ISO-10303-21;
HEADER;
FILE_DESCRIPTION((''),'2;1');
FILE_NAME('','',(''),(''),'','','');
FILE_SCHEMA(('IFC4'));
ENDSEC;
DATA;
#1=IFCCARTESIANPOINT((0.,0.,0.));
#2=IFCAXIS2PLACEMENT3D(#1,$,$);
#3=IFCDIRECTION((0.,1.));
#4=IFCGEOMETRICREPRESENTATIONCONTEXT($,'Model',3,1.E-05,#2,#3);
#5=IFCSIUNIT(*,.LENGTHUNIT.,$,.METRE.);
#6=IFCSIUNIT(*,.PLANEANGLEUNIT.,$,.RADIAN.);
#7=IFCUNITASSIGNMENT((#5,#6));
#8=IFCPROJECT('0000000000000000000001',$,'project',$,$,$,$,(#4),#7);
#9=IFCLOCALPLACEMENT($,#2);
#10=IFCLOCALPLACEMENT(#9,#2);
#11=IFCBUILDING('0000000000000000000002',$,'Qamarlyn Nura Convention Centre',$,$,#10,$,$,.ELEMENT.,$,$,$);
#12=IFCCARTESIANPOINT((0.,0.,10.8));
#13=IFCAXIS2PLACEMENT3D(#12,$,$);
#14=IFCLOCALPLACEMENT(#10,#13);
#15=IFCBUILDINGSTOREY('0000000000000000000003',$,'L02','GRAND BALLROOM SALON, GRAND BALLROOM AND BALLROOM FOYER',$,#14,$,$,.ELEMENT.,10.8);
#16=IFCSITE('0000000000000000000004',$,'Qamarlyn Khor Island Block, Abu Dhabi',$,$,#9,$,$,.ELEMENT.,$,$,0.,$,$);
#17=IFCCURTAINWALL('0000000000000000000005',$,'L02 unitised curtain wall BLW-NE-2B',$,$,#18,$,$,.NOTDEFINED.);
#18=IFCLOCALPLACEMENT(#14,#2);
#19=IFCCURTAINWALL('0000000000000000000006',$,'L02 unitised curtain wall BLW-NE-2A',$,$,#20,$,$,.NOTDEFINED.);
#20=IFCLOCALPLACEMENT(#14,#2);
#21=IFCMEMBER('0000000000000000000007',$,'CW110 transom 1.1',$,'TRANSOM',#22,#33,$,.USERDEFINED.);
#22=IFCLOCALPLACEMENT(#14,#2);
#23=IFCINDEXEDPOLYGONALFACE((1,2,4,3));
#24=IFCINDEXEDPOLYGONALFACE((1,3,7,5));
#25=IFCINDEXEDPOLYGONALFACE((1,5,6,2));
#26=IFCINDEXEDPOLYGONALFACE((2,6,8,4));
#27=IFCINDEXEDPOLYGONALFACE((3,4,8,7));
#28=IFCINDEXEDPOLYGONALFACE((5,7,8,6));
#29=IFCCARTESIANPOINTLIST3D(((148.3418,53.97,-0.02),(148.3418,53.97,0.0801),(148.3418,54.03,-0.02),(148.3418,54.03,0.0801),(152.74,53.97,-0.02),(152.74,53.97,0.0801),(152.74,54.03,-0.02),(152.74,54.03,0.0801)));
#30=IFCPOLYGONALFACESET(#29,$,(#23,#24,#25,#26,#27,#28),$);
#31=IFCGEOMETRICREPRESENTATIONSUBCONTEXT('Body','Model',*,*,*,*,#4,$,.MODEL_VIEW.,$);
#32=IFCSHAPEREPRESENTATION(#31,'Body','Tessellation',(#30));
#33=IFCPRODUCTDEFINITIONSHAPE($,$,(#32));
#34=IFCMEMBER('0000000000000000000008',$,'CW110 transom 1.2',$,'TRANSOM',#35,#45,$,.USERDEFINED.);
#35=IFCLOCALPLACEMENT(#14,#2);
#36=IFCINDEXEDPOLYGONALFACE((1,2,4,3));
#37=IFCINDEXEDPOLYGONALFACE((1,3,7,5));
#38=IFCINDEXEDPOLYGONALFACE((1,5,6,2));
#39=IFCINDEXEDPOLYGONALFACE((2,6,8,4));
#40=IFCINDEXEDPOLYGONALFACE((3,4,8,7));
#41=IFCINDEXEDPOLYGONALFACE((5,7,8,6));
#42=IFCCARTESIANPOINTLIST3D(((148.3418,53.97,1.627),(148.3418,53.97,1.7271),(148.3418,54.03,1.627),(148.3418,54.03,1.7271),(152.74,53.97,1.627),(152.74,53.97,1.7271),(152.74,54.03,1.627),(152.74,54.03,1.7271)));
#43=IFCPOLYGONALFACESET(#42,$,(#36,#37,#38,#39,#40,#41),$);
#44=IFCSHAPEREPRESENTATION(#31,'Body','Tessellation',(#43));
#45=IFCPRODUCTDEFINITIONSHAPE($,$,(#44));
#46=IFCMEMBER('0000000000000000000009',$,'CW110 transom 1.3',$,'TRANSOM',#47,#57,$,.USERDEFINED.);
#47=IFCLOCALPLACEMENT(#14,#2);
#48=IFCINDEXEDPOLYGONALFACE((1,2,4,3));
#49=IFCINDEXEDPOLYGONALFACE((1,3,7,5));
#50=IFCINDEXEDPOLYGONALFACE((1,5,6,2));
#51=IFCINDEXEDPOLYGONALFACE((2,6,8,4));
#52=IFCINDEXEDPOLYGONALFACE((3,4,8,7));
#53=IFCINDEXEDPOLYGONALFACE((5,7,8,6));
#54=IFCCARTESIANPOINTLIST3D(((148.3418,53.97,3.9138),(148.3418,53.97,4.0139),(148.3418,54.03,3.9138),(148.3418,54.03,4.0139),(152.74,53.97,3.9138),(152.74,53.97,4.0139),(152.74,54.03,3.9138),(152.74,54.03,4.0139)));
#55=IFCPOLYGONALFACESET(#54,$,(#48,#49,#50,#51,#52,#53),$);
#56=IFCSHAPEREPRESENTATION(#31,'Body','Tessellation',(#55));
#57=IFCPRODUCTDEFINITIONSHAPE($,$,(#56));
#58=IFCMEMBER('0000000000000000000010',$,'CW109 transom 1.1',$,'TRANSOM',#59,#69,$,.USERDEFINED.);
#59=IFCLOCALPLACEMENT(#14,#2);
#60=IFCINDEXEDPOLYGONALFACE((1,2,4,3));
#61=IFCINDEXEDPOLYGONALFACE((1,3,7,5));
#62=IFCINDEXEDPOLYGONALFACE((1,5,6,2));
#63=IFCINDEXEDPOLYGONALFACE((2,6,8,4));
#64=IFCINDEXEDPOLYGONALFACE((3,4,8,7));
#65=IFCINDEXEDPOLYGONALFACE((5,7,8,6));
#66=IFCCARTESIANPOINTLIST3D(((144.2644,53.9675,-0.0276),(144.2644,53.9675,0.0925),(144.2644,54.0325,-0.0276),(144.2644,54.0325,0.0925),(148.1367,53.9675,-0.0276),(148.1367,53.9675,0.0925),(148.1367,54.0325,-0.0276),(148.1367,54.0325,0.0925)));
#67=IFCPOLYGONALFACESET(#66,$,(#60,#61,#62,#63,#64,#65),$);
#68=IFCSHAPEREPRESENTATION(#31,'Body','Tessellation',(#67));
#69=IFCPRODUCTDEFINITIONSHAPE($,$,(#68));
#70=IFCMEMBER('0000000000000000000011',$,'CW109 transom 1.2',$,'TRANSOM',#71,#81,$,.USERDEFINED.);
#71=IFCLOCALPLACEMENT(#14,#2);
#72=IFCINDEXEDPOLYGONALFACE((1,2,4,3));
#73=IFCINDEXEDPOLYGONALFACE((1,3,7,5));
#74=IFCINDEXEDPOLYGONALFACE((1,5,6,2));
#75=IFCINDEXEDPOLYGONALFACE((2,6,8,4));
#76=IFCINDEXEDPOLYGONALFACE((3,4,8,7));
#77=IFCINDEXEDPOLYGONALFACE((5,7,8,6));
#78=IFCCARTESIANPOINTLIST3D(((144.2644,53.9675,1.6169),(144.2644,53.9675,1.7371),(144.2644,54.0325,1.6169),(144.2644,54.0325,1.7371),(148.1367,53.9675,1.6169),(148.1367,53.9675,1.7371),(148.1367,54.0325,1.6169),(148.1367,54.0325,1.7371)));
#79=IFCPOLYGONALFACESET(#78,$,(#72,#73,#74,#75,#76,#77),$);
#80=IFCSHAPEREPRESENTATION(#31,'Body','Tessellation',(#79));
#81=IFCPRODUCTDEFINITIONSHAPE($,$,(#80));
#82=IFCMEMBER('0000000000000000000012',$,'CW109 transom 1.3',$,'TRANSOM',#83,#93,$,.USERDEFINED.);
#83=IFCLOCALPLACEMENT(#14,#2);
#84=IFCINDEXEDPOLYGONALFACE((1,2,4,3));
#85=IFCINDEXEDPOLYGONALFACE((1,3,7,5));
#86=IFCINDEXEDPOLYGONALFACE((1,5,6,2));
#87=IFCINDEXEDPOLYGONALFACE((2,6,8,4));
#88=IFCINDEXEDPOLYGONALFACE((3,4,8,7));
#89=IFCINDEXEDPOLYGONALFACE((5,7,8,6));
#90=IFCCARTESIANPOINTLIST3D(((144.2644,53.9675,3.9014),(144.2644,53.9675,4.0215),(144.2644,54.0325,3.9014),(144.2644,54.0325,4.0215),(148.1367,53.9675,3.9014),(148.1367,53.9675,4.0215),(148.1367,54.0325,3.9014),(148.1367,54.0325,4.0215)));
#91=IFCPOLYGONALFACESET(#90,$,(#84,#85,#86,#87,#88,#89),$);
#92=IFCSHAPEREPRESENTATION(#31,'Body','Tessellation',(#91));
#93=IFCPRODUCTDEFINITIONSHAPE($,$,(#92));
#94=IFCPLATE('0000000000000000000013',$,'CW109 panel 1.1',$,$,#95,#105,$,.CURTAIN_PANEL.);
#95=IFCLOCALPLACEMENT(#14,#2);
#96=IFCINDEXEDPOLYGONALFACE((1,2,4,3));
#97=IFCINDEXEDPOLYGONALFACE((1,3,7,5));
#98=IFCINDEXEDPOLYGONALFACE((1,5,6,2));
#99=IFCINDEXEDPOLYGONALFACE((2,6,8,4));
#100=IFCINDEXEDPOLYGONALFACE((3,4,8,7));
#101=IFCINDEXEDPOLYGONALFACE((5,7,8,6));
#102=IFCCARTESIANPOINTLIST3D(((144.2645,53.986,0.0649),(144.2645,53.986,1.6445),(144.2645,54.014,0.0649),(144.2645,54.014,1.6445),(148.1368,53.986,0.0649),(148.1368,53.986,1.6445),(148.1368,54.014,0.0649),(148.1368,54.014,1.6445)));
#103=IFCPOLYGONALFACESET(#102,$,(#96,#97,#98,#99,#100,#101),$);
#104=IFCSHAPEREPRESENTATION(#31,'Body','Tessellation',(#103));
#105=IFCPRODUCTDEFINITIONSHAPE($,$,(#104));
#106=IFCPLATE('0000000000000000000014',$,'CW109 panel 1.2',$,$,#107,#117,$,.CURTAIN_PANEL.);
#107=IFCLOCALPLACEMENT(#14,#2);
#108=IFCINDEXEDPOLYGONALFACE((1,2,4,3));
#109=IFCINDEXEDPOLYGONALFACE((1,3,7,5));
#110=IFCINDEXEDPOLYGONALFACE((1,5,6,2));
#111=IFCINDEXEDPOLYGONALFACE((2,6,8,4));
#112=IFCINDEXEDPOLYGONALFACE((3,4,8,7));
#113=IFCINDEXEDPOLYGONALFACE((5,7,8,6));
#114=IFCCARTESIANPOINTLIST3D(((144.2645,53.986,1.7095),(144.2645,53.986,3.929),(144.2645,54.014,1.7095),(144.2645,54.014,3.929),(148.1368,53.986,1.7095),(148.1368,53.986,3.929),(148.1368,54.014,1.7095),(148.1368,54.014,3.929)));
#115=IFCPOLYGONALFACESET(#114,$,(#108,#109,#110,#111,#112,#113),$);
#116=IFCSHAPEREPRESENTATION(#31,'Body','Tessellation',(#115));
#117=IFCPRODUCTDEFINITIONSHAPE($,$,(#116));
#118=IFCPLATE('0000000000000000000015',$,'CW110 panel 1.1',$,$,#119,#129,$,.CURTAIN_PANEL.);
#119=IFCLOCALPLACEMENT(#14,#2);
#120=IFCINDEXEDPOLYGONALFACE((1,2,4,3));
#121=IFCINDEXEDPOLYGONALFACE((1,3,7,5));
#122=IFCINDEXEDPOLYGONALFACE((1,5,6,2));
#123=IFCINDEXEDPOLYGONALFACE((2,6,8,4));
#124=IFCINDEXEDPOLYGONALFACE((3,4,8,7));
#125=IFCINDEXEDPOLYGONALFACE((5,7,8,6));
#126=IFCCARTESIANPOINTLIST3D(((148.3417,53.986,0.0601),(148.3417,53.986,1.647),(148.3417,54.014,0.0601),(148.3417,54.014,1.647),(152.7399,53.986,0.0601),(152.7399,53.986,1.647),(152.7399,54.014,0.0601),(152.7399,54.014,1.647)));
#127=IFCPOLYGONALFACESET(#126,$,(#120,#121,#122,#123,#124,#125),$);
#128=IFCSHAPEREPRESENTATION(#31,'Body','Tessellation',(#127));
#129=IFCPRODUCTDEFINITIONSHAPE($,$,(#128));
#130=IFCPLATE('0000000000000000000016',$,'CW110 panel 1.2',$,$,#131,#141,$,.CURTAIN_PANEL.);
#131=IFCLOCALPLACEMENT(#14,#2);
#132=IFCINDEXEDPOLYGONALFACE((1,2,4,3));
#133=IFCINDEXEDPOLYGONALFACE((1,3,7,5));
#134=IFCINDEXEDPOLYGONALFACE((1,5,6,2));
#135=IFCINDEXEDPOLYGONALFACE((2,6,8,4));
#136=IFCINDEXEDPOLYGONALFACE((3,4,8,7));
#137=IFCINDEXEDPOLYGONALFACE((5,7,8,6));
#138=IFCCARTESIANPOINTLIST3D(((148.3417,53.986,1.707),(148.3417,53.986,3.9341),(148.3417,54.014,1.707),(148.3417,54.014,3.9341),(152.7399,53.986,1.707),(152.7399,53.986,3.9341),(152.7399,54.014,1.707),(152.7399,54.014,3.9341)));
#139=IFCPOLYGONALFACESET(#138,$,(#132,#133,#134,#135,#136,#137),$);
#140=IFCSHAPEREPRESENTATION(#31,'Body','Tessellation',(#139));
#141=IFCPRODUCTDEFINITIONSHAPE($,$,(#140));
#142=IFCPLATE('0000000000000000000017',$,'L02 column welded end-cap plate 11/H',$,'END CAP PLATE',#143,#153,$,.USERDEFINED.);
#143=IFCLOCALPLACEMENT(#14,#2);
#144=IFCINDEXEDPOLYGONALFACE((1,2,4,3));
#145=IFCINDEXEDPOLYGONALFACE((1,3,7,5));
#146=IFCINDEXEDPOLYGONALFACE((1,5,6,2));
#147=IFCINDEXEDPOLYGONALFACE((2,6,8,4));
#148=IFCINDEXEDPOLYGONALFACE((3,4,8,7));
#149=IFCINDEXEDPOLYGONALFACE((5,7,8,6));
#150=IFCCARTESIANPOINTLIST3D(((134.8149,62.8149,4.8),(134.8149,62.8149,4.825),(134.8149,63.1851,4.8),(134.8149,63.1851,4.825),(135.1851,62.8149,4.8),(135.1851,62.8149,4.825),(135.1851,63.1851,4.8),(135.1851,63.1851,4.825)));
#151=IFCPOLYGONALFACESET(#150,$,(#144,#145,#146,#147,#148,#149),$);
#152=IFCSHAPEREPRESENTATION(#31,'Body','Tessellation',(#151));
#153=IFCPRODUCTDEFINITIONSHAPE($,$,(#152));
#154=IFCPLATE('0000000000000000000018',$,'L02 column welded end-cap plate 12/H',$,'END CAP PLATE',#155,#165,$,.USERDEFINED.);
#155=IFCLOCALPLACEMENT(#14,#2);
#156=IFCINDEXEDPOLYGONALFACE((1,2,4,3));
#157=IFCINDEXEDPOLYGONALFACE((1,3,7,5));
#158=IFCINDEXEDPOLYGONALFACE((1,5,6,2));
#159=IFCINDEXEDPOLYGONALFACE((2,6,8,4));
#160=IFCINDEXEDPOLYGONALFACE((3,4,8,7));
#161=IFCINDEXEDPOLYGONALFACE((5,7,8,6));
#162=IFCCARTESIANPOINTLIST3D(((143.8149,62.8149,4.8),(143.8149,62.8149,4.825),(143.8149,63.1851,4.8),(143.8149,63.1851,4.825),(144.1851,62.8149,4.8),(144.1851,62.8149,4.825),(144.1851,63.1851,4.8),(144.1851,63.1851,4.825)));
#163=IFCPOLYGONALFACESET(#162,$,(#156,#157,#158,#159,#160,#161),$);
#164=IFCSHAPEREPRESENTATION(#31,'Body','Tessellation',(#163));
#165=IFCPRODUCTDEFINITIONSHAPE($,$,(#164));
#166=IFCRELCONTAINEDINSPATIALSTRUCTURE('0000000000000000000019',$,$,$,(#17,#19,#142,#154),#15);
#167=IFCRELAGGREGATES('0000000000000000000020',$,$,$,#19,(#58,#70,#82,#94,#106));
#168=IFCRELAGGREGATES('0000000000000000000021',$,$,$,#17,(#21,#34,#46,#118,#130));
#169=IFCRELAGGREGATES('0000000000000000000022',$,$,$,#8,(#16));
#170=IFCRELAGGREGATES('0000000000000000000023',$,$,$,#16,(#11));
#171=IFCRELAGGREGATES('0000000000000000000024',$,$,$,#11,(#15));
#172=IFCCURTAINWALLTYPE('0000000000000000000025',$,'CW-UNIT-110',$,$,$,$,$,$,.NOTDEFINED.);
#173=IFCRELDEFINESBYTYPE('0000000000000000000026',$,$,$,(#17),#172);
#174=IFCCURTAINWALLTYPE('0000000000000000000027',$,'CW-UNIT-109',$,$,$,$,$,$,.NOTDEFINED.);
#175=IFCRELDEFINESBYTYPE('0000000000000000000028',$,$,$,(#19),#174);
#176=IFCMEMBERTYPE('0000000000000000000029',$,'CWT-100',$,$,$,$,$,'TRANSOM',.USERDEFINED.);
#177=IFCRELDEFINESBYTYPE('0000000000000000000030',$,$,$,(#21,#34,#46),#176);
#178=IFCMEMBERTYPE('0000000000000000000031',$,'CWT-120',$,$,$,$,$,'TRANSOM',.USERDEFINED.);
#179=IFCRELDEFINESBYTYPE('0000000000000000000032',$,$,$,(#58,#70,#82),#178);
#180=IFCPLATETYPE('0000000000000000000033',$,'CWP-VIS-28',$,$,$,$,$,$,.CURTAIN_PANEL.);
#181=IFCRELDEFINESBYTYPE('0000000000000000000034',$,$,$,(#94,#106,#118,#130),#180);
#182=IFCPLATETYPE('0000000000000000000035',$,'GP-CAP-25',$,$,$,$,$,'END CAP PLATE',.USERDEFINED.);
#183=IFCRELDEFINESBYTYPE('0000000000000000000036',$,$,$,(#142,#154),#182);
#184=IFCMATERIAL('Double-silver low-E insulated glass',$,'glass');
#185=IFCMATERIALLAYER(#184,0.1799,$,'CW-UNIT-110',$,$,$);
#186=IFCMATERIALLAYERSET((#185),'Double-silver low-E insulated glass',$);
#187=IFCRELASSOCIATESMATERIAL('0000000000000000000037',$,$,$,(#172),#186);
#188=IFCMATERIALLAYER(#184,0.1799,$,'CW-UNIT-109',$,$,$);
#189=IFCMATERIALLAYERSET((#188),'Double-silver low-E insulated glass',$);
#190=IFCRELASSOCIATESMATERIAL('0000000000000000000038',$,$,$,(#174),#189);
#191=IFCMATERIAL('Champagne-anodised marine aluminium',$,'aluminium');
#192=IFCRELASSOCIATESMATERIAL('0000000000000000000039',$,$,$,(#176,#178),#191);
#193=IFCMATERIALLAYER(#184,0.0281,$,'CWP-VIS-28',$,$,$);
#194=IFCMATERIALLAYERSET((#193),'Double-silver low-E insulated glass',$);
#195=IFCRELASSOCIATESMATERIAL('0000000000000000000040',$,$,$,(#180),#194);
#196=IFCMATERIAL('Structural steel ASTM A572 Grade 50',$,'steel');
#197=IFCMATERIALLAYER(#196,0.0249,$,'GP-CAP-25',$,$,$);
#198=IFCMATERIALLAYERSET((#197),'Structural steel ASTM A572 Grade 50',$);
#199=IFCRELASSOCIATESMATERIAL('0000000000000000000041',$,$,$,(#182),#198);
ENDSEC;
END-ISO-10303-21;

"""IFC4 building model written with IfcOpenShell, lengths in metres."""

from ifc_helpers import new_model, si_unit, direction, frame, origin, origin_2d, place, context, subcontext, project, spatial, rectangle, extrude, material, layer, layer_set, material_profile, profile_set, type_object, element, aggregate, save


model = new_model("IFC4")

# Units and contexts
model_context = context("Model", 3, precision=1e-05, world=origin(), true_north=direction((0.0, 1.0)))
body_context = subcontext(model_context, "Body", "Model", "MODEL_VIEW")
ifc_project = project(units=[si_unit("LENGTHUNIT", "METRE"), si_unit("PLANEANGLEUNIT", "RADIAN")], contexts=[model_context])

# Site, building, storey
site_placement = place(None, origin())
site = spatial("IfcSite", under=ifc_project, at=site_placement, Name="Qamarlyn Khor Island Block, Abu Dhabi", CompositionType="ELEMENT", RefElevation=0.0)
building_placement = place(site_placement, origin())
building = spatial("IfcBuilding", under=site, at=building_placement, Name="Qamarlyn Nura Convention Centre", CompositionType="ELEMENT")
storey_placement = place(building_placement, frame((0.0, 0.0, 10.8)))
storey = spatial("IfcBuildingStorey", under=building, at=storey_placement, Name="L02", Description="GRAND BALLROOM SALON, GRAND BALLROOM AND BALLROOM FOYER", CompositionType="ELEMENT", Elevation=10.8)

# Curtain wall
ifc_material_1 = material(Name="Double-silver low-E insulated glass", Category="glass")
ifc_layer_1 = layer(ifc_material_1, 0.1799, Name="CW-UNIT-110")
ifc_layer_set_1 = layer_set([ifc_layer_1], Name="Double-silver low-E insulated glass")
curtain_wall_type_1 = type_object("IfcCurtainWallType", Name="CW-UNIT-110", PredefinedType="NOTDEFINED", material=ifc_layer_set_1)
curtain_wall_1_placement = place(storey_placement, origin())
curtain_wall_1 = element("IfcCurtainWall", 1, at=curtain_wall_1_placement, inside=storey, type_object=curtain_wall_type_1, Name="L02 unitised curtain wall BLW-NE-2B", PredefinedType="NOTDEFINED")
ifc_material_2 = material(Name="Champagne-anodised marine aluminium", Category="aluminium")

# Curtain wall
ifc_layer_2 = layer(ifc_material_1, 0.1799, Name="CW-UNIT-109")
ifc_layer_set_2 = layer_set([ifc_layer_2], Name="Double-silver low-E insulated glass")
curtain_wall_type_2 = type_object("IfcCurtainWallType", Name="CW-UNIT-109", PredefinedType="NOTDEFINED", material=ifc_layer_set_2)
curtain_wall_2_placement = place(storey_placement, origin())
curtain_wall_2 = element("IfcCurtainWall", 2, at=curtain_wall_2_placement, inside=storey, type_object=curtain_wall_type_2, Name="L02 unitised curtain wall BLW-NE-2A", PredefinedType="NOTDEFINED")

# Members
ifc_material_profile_1 = material_profile(ifc_material_2, rectangle(XDim=0.0601, YDim=0.1001, at=origin_2d()), Name="ALU TRANSOM 60x100")
ifc_profile_set_1 = profile_set([ifc_material_profile_1], Name="Champagne-anodised marine aluminium")
member_type_1 = type_object("IfcMemberType", Name="CWT-100", ElementType="TRANSOM", PredefinedType="USERDEFINED", material=ifc_profile_set_1)
member_1_placement = place(storey_placement, frame((148.3418, 54.0, 0.03), z_axis=(1.0, 0.0, 0.0), x_axis=(0.0, 1.0, 0.0)))
member_1 = element("IfcMember", 3, at=member_1_placement, type_object=member_type_1, Name="CW110 transom 1.1", ObjectType="TRANSOM", PredefinedType="USERDEFINED", context=body_context, shape_type="SweptSolid", body=[
    extrude(rectangle(XDim=0.0601, YDim=0.1001, at=origin_2d()), origin(), (0.0, 0.0, 1.0), 4.3982),
])
member_2_placement = place(storey_placement, frame((148.3418, 54.0, 1.677), z_axis=(1.0, 0.0, 0.0), x_axis=(0.0, 1.0, 0.0)))
member_2 = element("IfcMember", 4, at=member_2_placement, type_object=member_type_1, Name="CW110 transom 1.2", ObjectType="TRANSOM", PredefinedType="USERDEFINED", context=body_context, shape_type="SweptSolid", body=[
    extrude(rectangle(XDim=0.0601, YDim=0.1001, at=origin_2d()), origin(), (0.0, 0.0, 1.0), 4.3982),
])
member_3_placement = place(storey_placement, frame((148.3418, 54.0, 3.9639), z_axis=(1.0, 0.0, 0.0), x_axis=(0.0, 1.0, 0.0)))
member_3 = element("IfcMember", 5, at=member_3_placement, type_object=member_type_1, Name="CW110 transom 1.3", ObjectType="TRANSOM", PredefinedType="USERDEFINED", context=body_context, shape_type="SweptSolid", body=[
    extrude(rectangle(XDim=0.0601, YDim=0.1001, at=origin_2d()), origin(), (0.0, 0.0, 1.0), 4.3982),
])
ifc_material_profile_2 = material_profile(ifc_material_2, rectangle(XDim=0.0649, YDim=0.1201, at=origin_2d()), Name="ALU TRANSOM 65x120")
ifc_profile_set_2 = profile_set([ifc_material_profile_2], Name="Champagne-anodised marine aluminium")
member_type_2 = type_object("IfcMemberType", Name="CWT-120", ElementType="TRANSOM", PredefinedType="USERDEFINED", material=ifc_profile_set_2)
member_4_placement = place(storey_placement, frame((144.2644, 54.0, 0.0325), z_axis=(1.0, 0.0, 0.0), x_axis=(0.0, 1.0, 0.0)))
member_4 = element("IfcMember", 6, at=member_4_placement, type_object=member_type_2, Name="CW109 transom 1.1", ObjectType="TRANSOM", PredefinedType="USERDEFINED", context=body_context, shape_type="SweptSolid", body=[
    extrude(rectangle(XDim=0.0649, YDim=0.1201, at=origin_2d()), origin(), (0.0, 0.0, 1.0), 3.8723),
])
member_5_placement = place(storey_placement, frame((144.2644, 54.0, 1.677), z_axis=(1.0, 0.0, 0.0), x_axis=(0.0, 1.0, 0.0)))
member_5 = element("IfcMember", 7, at=member_5_placement, type_object=member_type_2, Name="CW109 transom 1.2", ObjectType="TRANSOM", PredefinedType="USERDEFINED", context=body_context, shape_type="SweptSolid", body=[
    extrude(rectangle(XDim=0.0649, YDim=0.1201, at=origin_2d()), origin(), (0.0, 0.0, 1.0), 3.8723),
])
member_6_placement = place(storey_placement, frame((144.2644, 54.0, 3.9614), z_axis=(1.0, 0.0, 0.0), x_axis=(0.0, 1.0, 0.0)))
member_6 = element("IfcMember", 8, at=member_6_placement, type_object=member_type_2, Name="CW109 transom 1.3", ObjectType="TRANSOM", PredefinedType="USERDEFINED", context=body_context, shape_type="SweptSolid", body=[
    extrude(rectangle(XDim=0.0649, YDim=0.1201, at=origin_2d()), origin(), (0.0, 0.0, 1.0), 3.8723),
])

# Plates
ifc_layer_3 = layer(ifc_material_1, 0.0281, Name="CWP-VIS-28")
ifc_layer_set_3 = layer_set([ifc_layer_3], Name="Double-silver low-E insulated glass")
plate_type_1 = type_object("IfcPlateType", Name="CWP-VIS-28", PredefinedType="CURTAIN_PANEL", material=ifc_layer_set_3)
plate_1_placement = place(storey_placement, frame((146.2007, 54.0, 0.0649), z_axis=(0.0, 0.0, 1.0), x_axis=(1.0, 0.0, 0.0)))
plate_1 = element("IfcPlate", 9, at=plate_1_placement, type_object=plate_type_1, Name="CW109 panel 1.1", PredefinedType="CURTAIN_PANEL", context=body_context, shape_type="SweptSolid", body=[
    extrude(rectangle(XDim=3.8723, YDim=0.0281, at=origin_2d()), origin(), (0.0, 0.0, 1.0), 1.5796),
])
plate_2_placement = place(storey_placement, frame((146.2007, 54.0, 1.7095), z_axis=(0.0, 0.0, 1.0), x_axis=(1.0, 0.0, 0.0)))
plate_2 = element("IfcPlate", 10, at=plate_2_placement, type_object=plate_type_1, Name="CW109 panel 1.2", PredefinedType="CURTAIN_PANEL", context=body_context, shape_type="SweptSolid", body=[
    extrude(rectangle(XDim=3.8723, YDim=0.0281, at=origin_2d()), origin(), (0.0, 0.0, 1.0), 2.2195),
])
aggregate(curtain_wall_2, [member_4, member_5, member_6, plate_1, plate_2])
plate_3_placement = place(storey_placement, frame((150.5408, 54.0, 0.0601), z_axis=(0.0, 0.0, 1.0), x_axis=(1.0, 0.0, 0.0)))
plate_3 = element("IfcPlate", 11, at=plate_3_placement, type_object=plate_type_1, Name="CW110 panel 1.1", PredefinedType="CURTAIN_PANEL", context=body_context, shape_type="SweptSolid", body=[
    extrude(rectangle(XDim=4.3982, YDim=0.0281, at=origin_2d()), origin(), (0.0, 0.0, 1.0), 1.5869),
])
plate_4_placement = place(storey_placement, frame((150.5408, 54.0, 1.707), z_axis=(0.0, 0.0, 1.0), x_axis=(1.0, 0.0, 0.0)))
plate_4 = element("IfcPlate", 12, at=plate_4_placement, type_object=plate_type_1, Name="CW110 panel 1.2", PredefinedType="CURTAIN_PANEL", context=body_context, shape_type="SweptSolid", body=[
    extrude(rectangle(XDim=4.3982, YDim=0.0281, at=origin_2d()), origin(), (0.0, 0.0, 1.0), 2.2271),
])
aggregate(curtain_wall_1, [member_1, member_2, member_3, plate_3, plate_4])

# Plates
ifc_material_3 = material(Name="Structural steel ASTM A572 Grade 50", Category="steel")
ifc_layer_4 = layer(ifc_material_3, 0.0249, Name="GP-CAP-25")
ifc_layer_set_4 = layer_set([ifc_layer_4], Name="Structural steel ASTM A572 Grade 50")
plate_type_2 = type_object("IfcPlateType", Name="GP-CAP-25", ElementType="END CAP PLATE", PredefinedType="USERDEFINED", material=ifc_layer_set_4)
for number, where, z_axis, x_axis, name in (
    (13, (135.0, 63.0, 4.8), (0.0, 0.0, 1.0), (1.0, 0.0, 0.0), "L02 column welded end-cap plate 11/H"),
    (14, (144.0, 63.0, 4.8), (0.0, 0.0, 1.0), (1.0, 0.0, 0.0), "L02 column welded end-cap plate 12/H"),
):
    element("IfcPlate", number, at=place(storey_placement, frame(where, z_axis=z_axis, x_axis=x_axis)), inside=storey, type_object=plate_type_2, Name=name, ObjectType="END CAP PLATE", PredefinedType="USERDEFINED", context=body_context, shape_type="SweptSolid", body=[
        extrude(rectangle(XDim=0.3701, YDim=0.3701, at=origin_2d()), origin(), (0.0, 0.0, 1.0), 0.0249),
    ])

save(model, "model.ifc")
